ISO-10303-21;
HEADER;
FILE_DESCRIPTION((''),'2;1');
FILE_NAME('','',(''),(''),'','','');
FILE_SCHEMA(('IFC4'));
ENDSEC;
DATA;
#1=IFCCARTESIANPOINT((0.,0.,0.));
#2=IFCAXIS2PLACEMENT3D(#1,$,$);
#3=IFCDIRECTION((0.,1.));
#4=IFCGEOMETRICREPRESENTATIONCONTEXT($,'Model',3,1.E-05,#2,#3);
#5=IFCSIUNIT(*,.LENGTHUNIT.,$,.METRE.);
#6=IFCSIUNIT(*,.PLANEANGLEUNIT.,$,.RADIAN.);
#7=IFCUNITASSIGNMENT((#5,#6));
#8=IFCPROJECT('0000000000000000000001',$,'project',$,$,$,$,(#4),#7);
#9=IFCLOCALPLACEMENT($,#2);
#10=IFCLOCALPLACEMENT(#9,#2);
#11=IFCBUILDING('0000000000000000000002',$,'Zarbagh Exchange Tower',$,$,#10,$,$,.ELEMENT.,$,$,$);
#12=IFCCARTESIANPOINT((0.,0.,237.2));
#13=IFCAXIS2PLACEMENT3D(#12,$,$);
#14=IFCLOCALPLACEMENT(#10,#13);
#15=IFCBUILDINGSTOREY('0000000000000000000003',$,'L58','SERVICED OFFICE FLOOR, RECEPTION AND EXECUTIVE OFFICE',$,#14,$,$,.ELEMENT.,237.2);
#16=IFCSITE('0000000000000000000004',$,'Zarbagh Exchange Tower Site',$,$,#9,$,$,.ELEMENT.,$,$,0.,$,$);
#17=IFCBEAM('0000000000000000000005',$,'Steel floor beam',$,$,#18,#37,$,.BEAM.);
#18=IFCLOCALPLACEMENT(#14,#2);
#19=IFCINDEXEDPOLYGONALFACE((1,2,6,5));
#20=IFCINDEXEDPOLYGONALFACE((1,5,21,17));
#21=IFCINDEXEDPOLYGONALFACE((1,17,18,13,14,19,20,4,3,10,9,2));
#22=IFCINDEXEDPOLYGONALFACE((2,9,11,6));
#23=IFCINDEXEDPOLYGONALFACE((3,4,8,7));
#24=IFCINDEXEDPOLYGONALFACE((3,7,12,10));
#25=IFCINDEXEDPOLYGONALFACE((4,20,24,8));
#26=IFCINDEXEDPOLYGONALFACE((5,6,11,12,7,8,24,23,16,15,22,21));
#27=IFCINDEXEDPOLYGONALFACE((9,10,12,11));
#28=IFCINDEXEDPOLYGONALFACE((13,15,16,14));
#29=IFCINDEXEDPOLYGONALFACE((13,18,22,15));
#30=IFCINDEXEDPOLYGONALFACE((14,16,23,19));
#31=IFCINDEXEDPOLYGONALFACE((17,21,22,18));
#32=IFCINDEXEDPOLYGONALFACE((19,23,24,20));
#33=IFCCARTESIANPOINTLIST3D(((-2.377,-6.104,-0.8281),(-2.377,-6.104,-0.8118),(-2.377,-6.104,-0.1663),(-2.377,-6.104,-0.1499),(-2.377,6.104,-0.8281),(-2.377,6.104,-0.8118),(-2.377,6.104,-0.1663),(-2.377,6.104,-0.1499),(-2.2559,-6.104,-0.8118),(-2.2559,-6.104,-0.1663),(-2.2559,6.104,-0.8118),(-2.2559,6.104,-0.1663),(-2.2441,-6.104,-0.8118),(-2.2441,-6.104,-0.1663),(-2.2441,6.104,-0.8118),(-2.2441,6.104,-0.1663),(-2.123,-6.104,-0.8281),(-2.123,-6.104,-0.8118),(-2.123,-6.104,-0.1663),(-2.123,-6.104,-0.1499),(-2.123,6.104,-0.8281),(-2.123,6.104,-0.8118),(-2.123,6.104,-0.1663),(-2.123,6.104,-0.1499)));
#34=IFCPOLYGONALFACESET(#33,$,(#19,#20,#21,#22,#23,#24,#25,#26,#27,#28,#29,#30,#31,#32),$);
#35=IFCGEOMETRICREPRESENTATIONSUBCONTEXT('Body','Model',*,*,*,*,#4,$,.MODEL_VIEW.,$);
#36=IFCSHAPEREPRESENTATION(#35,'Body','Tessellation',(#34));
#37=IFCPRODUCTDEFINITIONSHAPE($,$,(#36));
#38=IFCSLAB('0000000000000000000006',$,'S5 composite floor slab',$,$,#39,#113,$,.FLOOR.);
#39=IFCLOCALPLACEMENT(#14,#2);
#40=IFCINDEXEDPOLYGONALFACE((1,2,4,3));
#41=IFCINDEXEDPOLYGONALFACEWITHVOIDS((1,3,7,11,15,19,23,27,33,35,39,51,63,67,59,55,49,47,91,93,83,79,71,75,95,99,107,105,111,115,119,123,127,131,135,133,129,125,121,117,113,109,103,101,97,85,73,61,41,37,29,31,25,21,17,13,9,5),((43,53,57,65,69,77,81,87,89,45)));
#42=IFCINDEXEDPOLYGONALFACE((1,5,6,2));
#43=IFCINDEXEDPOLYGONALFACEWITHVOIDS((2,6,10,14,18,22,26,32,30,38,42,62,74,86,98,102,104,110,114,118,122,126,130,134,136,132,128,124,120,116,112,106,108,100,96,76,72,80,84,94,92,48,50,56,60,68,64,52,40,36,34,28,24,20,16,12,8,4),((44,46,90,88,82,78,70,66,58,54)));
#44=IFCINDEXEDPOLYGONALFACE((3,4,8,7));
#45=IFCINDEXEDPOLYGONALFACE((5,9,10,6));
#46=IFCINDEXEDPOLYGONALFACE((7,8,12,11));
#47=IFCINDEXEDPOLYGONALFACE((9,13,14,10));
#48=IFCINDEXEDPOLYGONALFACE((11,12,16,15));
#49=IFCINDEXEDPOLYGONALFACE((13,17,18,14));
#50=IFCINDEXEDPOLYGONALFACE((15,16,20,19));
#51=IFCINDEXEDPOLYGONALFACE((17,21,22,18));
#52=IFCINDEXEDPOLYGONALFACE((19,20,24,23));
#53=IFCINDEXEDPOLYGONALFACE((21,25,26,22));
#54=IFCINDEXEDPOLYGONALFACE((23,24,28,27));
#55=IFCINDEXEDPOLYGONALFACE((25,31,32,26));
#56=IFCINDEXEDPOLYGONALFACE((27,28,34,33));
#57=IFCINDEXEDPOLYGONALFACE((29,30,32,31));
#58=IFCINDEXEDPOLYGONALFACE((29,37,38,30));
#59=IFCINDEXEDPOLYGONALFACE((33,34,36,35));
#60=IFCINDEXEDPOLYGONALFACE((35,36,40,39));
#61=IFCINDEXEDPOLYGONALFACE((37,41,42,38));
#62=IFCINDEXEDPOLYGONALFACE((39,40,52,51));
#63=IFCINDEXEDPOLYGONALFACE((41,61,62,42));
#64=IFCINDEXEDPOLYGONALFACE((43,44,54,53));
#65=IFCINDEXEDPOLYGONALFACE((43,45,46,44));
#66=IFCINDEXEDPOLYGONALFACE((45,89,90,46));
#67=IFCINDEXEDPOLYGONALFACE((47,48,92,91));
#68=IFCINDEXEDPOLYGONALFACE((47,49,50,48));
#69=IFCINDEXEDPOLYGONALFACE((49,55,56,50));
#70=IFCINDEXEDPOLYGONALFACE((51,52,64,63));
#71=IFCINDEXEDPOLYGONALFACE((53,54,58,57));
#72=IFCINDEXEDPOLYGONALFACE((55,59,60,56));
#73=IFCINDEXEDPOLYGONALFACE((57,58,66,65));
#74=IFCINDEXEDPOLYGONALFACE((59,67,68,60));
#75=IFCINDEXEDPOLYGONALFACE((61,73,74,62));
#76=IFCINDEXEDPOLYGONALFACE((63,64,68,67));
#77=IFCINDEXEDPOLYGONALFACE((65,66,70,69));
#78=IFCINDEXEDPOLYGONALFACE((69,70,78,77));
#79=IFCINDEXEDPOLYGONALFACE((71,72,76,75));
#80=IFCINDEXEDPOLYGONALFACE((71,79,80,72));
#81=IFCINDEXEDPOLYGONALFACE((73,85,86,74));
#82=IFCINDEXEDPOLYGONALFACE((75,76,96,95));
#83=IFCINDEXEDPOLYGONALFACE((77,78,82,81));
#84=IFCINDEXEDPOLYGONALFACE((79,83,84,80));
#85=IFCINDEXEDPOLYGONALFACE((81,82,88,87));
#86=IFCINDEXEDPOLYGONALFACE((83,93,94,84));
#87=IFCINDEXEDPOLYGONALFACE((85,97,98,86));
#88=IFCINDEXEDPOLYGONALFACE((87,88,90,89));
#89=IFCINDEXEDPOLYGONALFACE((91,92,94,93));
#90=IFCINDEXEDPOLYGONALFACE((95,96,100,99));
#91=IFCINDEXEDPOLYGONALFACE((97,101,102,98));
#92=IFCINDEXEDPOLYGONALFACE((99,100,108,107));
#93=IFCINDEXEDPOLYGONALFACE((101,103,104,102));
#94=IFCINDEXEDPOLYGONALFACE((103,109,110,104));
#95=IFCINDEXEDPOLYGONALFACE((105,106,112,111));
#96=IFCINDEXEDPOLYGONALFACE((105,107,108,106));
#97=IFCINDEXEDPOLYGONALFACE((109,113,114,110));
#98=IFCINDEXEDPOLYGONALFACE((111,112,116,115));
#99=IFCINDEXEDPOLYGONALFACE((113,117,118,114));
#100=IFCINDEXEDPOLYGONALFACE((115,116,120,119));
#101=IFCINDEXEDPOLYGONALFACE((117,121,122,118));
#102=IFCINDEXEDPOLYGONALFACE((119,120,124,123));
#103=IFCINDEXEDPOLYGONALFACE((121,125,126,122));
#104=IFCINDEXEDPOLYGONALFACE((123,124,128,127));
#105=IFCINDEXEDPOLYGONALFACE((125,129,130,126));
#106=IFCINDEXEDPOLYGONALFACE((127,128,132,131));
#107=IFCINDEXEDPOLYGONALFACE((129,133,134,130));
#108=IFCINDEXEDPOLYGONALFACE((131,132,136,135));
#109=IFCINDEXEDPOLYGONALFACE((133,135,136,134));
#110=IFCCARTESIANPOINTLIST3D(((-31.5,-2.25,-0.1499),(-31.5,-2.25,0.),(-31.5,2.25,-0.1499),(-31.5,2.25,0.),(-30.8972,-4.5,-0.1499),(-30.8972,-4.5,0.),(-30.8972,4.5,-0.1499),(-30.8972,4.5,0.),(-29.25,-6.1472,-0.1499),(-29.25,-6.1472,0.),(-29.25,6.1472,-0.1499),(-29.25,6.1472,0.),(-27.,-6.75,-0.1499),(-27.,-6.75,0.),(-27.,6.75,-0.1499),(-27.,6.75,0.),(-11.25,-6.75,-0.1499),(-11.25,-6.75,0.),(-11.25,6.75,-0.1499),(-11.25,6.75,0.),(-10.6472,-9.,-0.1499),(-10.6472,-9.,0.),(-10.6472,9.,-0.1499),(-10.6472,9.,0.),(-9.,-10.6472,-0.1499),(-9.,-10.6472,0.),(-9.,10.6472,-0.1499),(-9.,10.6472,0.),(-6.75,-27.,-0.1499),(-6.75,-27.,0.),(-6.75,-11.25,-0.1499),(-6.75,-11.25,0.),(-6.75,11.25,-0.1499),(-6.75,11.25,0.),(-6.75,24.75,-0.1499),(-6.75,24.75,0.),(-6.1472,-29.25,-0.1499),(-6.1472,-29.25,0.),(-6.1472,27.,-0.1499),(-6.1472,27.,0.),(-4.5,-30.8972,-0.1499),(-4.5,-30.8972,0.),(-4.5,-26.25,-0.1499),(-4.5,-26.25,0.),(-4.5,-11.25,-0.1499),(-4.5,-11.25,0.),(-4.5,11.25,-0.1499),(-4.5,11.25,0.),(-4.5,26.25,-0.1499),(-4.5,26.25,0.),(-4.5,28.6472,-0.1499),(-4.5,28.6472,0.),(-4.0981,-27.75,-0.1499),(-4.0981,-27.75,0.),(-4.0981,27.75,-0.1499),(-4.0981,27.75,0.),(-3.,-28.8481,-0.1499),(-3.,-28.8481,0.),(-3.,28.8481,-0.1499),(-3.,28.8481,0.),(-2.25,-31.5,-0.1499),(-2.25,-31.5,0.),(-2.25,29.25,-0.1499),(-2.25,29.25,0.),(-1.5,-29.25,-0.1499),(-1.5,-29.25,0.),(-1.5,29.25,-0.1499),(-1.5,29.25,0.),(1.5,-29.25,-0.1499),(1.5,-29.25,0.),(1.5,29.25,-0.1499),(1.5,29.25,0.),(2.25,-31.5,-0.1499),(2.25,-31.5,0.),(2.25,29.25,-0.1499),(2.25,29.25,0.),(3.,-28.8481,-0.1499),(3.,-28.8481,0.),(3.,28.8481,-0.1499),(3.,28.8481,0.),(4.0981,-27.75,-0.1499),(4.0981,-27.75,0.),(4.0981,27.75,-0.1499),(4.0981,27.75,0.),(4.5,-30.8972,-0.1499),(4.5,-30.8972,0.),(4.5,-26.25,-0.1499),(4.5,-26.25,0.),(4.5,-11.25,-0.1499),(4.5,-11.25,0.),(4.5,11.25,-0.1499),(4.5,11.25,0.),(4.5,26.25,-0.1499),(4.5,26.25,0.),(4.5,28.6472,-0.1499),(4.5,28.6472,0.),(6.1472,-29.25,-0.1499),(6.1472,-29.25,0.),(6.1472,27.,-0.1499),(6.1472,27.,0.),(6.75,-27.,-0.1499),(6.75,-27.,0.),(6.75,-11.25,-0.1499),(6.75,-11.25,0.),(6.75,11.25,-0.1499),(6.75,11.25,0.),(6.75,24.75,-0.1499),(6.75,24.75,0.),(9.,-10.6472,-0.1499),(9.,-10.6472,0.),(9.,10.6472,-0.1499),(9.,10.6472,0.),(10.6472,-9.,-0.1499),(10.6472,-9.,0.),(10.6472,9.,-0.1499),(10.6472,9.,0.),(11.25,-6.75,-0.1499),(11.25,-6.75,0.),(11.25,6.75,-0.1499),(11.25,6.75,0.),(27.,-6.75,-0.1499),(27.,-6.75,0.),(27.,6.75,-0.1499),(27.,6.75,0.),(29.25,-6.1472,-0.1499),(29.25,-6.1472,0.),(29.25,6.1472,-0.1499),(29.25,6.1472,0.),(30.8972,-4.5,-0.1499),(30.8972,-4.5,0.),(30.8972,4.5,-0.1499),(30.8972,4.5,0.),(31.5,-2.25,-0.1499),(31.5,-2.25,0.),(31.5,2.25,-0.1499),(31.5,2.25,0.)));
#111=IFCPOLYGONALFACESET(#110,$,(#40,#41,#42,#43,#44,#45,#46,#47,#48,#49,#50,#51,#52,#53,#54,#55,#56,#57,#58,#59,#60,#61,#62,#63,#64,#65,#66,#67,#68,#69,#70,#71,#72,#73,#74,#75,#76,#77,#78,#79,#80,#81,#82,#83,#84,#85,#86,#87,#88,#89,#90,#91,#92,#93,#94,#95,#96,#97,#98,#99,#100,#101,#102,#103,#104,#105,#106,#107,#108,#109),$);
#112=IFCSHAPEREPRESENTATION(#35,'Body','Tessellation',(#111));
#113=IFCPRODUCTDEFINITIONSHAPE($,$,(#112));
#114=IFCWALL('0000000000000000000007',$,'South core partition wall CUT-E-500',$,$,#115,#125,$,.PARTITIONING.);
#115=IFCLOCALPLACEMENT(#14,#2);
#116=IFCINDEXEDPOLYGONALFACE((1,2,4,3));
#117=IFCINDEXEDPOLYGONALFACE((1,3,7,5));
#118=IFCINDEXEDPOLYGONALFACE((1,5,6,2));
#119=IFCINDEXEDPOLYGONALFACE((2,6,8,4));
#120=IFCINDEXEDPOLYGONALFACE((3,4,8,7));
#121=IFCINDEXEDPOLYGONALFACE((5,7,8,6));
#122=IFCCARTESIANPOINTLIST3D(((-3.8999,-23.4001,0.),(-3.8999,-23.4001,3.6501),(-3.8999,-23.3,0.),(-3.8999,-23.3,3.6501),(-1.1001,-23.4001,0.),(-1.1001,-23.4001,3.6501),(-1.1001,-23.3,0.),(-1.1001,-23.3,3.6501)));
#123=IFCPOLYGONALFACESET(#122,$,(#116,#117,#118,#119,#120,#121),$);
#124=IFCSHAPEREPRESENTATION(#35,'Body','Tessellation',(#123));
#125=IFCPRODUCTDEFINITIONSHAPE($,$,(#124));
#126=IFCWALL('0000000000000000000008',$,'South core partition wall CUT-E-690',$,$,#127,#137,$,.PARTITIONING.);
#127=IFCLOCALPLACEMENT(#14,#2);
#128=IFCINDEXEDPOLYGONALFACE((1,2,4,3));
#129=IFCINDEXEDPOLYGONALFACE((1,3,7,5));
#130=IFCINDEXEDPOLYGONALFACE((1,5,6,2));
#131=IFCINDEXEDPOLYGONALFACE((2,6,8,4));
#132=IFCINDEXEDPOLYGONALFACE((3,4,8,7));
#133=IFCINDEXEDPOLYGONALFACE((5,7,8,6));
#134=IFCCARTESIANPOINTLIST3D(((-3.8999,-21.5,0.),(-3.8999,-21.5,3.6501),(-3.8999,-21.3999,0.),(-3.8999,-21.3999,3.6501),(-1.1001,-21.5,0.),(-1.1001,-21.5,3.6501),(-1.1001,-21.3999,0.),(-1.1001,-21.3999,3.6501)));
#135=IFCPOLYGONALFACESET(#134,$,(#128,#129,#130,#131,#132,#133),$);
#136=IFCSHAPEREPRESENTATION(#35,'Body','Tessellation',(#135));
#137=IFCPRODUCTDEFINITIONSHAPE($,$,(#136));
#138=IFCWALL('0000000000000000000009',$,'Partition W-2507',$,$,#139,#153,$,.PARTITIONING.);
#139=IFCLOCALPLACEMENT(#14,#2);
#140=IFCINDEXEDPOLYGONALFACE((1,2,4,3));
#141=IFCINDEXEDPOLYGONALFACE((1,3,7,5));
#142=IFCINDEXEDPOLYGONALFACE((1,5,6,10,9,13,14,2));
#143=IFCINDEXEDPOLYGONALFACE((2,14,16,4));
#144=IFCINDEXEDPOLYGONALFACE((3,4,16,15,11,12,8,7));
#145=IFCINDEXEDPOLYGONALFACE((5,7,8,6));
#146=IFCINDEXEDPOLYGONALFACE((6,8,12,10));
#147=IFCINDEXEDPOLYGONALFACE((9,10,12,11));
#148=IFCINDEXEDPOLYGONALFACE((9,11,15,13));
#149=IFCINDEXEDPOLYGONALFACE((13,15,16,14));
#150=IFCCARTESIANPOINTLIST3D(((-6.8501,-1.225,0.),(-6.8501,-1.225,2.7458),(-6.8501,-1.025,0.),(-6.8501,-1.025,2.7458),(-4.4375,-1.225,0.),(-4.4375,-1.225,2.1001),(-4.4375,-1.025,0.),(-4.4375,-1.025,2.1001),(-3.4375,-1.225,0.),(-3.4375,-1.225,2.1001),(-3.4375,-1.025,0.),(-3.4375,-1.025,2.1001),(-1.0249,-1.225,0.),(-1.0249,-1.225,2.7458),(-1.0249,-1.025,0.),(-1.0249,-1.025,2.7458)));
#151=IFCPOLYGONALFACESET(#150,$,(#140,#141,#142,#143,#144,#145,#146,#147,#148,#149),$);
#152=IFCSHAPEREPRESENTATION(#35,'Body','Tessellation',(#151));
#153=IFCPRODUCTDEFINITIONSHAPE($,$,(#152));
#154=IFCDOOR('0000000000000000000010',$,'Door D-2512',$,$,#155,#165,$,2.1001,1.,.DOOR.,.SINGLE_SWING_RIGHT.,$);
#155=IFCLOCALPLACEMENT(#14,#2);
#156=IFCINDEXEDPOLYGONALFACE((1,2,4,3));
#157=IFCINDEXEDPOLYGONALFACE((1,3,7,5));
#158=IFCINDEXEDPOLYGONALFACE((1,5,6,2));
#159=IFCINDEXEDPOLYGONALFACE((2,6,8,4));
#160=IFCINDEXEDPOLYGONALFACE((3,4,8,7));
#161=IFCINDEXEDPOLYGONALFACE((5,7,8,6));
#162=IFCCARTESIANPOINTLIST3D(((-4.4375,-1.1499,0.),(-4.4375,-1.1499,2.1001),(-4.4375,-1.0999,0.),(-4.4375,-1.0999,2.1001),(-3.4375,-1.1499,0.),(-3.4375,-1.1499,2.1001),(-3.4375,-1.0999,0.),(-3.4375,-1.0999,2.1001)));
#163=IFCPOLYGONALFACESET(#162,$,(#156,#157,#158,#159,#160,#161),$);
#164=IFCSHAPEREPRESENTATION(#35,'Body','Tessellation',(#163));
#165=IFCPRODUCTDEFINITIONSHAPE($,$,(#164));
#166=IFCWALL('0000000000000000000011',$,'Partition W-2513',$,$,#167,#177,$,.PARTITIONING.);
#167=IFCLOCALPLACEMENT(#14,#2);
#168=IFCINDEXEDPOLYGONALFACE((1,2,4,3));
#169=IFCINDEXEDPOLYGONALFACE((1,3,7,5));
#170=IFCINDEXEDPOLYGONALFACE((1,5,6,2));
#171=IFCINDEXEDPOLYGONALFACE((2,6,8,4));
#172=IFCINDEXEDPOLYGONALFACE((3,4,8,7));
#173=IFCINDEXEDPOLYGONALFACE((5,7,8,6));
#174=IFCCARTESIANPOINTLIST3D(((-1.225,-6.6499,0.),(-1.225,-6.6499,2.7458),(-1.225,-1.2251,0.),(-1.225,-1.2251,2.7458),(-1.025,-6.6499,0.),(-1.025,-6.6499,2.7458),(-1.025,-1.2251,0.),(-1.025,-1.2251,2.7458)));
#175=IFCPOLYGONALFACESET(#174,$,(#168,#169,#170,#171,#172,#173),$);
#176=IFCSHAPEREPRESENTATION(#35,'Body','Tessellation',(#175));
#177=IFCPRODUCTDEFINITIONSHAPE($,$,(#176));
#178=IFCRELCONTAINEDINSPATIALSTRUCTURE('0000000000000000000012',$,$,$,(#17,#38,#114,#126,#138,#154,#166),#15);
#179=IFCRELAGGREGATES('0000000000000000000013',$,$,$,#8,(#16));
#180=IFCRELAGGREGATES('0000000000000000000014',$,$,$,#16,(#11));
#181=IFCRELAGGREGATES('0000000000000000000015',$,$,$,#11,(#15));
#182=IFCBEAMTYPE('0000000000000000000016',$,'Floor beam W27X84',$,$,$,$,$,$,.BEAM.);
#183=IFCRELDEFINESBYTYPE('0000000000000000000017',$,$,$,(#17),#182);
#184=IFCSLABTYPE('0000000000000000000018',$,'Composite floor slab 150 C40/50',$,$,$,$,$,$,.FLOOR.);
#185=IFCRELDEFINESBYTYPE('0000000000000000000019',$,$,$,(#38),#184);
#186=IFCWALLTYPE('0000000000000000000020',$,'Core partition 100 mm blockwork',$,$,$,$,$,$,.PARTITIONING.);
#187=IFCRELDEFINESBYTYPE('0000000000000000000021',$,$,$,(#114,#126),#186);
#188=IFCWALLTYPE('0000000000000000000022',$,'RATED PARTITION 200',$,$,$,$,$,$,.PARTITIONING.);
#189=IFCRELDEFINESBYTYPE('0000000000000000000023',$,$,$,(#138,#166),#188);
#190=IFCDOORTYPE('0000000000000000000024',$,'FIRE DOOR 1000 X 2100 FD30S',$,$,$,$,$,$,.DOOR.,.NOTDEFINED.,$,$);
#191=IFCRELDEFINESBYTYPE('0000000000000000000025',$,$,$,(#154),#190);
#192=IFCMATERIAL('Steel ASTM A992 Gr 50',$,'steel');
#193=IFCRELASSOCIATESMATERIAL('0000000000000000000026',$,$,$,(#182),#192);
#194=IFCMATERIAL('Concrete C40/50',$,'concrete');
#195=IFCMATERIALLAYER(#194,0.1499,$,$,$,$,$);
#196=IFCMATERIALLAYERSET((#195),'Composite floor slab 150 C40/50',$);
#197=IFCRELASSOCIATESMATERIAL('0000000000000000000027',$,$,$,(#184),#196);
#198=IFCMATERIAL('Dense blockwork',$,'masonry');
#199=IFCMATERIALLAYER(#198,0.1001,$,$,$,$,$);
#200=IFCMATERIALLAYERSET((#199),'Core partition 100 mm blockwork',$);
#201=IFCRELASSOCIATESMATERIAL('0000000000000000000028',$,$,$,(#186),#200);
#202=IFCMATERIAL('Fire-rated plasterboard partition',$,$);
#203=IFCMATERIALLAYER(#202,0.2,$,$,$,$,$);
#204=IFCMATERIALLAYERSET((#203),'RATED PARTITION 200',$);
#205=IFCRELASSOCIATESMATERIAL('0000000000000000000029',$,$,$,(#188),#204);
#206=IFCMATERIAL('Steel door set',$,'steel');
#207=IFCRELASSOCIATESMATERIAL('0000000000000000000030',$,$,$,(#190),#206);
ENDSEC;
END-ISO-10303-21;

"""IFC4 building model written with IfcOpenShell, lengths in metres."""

from ifc_helpers import new_model, si_unit, direction, frame, frame_2d, origin, origin_2d, place, context, subcontext, project, spatial, polyline, rectangle, i_section, outline, extrude, material, layer, layer_set, material_profile, profile_set, type_object, element, fill, save


model = new_model("IFC4")

# Units and contexts
model_context = context("Model", 3, precision=1e-05, world=origin(), true_north=direction((0.0, 1.0)))
body_context = subcontext(model_context, "Body", "Model", "MODEL_VIEW")
ifc_project = project(units=[si_unit("LENGTHUNIT", "METRE"), si_unit("PLANEANGLEUNIT", "RADIAN")], contexts=[model_context])

# Site, building, storey
site_placement = place(None, origin())
site = spatial("IfcSite", under=ifc_project, at=site_placement, Name="Zarbagh Exchange Tower Site", CompositionType="ELEMENT", RefElevation=0.0)
building_placement = place(site_placement, origin())
building = spatial("IfcBuilding", under=site, at=building_placement, Name="Zarbagh Exchange Tower", CompositionType="ELEMENT")
storey_placement = place(building_placement, frame((0.0, 0.0, 237.2)))
storey = spatial("IfcBuildingStorey", under=building, at=storey_placement, Name="L58", Description="SERVICED OFFICE FLOOR, RECEPTION AND EXECUTIVE OFFICE", CompositionType="ELEMENT", Elevation=237.2)

# Beam
ifc_material_1 = material(Name="Steel ASTM A992 Gr 50", Category="steel")
ifc_material_profile = material_profile(ifc_material_1, i_section(OverallWidth=0.2539, OverallDepth=0.6782, WebThickness=0.0117, FlangeThickness=0.0164, at=origin_2d()), Name="W27X84")
ifc_profile_set = profile_set([ifc_material_profile], Name="Steel ASTM A992 Gr 50")
beam_type = type_object("IfcBeamType", Name="Floor beam W27X84", PredefinedType="BEAM", material=ifc_profile_set)
beam_placement = place(storey_placement, frame((-2.25, -6.104, -0.489), z_axis=(0.0, 1.0, 0.0), x_axis=(-1.0, 0.0, 0.0)))
element("IfcBeam", 1, at=beam_placement, inside=storey, type_object=beam_type, Name="Steel floor beam", PredefinedType="BEAM", context=body_context, shape_type="SweptSolid", body=[
    extrude(i_section(OverallWidth=0.2539, OverallDepth=0.6782, WebThickness=0.0117, FlangeThickness=0.0164, at=origin_2d()), origin(), (0.0, 0.0, 1.0), 12.208),
])

# Slab
ifc_material_2 = material(Name="Concrete C40/50", Category="concrete")
ifc_layer_1 = layer(ifc_material_2, 0.1499)
ifc_layer_set_1 = layer_set([ifc_layer_1], Name="Composite floor slab 150 C40/50")
slab_type = type_object("IfcSlabType", Name="Composite floor slab 150 C40/50", PredefinedType="FLOOR", material=ifc_layer_set_1)
slab_placement = place(storey_placement, frame((0.0, 0.0, -0.1499)))
element("IfcSlab", 2, at=slab_placement, inside=storey, type_object=slab_type, Name="S5 composite floor slab", PredefinedType="FLOOR", context=body_context, shape_type="SweptSolid", body=[
    extrude(outline(polyline([(-2.25, -31.5), (-4.5, -30.8972), (-6.1472, -29.25), (-6.75, -27.0), (-6.75, -11.25), (-9.0, -10.6472), (-10.6472, -9.0), (-11.25, -6.75), (-27.0, -6.75), (-29.25, -6.1472), (-30.8972, -4.5), (-31.5, -2.25), (-31.5, 2.25), (-30.8972, 4.5), (-29.25, 6.1472), (-27.0, 6.75), (-11.25, 6.75), (-10.6472, 9.0), (-9.0, 10.6472), (-6.75, 11.25), (-6.75, 24.75), (-6.1472, 27.0), (-4.5, 28.6472), (-2.25, 29.25), (-1.5, 29.25), (-3.0, 28.8481), (-4.0981, 27.75), (-4.5, 26.25), (-4.5, 11.25), (4.5, 11.25), (4.5, 26.25), (4.0981, 27.75), (3.0, 28.8481), (1.5, 29.25), (2.25, 29.25), (4.5, 28.6472), (6.1472, 27.0), (6.75, 24.75), (6.75, 11.25), (9.0, 10.6472), (10.6472, 9.0), (11.25, 6.75), (27.0, 6.75), (29.25, 6.1472), (30.8972, 4.5), (31.5, 2.25), (31.5, -2.25), (30.8972, -4.5), (29.25, -6.1472), (27.0, -6.75), (11.25, -6.75), (10.6472, -9.0), (9.0, -10.6472), (6.75, -11.25), (6.75, -27.0), (6.1472, -29.25), (4.5, -30.8972), (2.25, -31.5), (-2.25, -31.5)]), holes=[polyline([(-1.5, -29.25), (1.5, -29.25), (3.0, -28.8481), (4.0981, -27.75), (4.5, -26.25), (4.5, -11.25), (-4.5, -11.25), (-4.5, -26.25), (-4.0981, -27.75), (-3.0, -28.8481), (-1.5, -29.25)])]), origin(), (0.0, 0.0, 1.0), 0.1499),
])

# Walls
ifc_material_3 = material(Name="Dense blockwork", Category="masonry")
ifc_layer_2 = layer(ifc_material_3, 0.1001)
ifc_layer_set_2 = layer_set([ifc_layer_2], Name="Core partition 100 mm blockwork")
wall_type_1 = type_object("IfcWallType", Name="Core partition 100 mm blockwork", PredefinedType="PARTITIONING", material=ifc_layer_set_2)
for number, where, z_axis, x_axis, name in (
    (3, (-1.1001, -23.3501, 0.0), (0.0, 0.0, 1.0), (-1.0, 0.0, 0.0), "South core partition wall CUT-E-500"),
    (4, (-1.1001, -21.45, 0.0), (0.0, 0.0, 1.0), (-1.0, 0.0, 0.0), "South core partition wall CUT-E-690"),
):
    element("IfcWall", number, at=place(storey_placement, frame(where, z_axis=z_axis, x_axis=x_axis)), inside=storey, type_object=wall_type_1, Name=name, PredefinedType="PARTITIONING", context=body_context, shape_type="SweptSolid", body=[
        extrude(rectangle(XDim=2.7998, YDim=0.1001, at=frame_2d((1.3999, 0.0))), origin(), (0.0, 0.0, 1.0), 3.6501),
    ])

# Wall, opening, door
ifc_material_4 = material(Name="Fire-rated plasterboard partition")
ifc_layer_3 = layer(ifc_material_4, 0.2)
ifc_layer_set_3 = layer_set([ifc_layer_3], Name="RATED PARTITION 200")
wall_type_2 = type_object("IfcWallType", Name="RATED PARTITION 200", PredefinedType="PARTITIONING", material=ifc_layer_set_3)
wall_1_placement = place(storey_placement, frame((-1.0249, -1.125, 0.0), z_axis=(0.0, 0.0, 1.0), x_axis=(-1.0, 0.0, 0.0)))
wall_1 = element("IfcWall", 5, at=wall_1_placement, inside=storey, type_object=wall_type_2, Name="Partition W-2507", PredefinedType="PARTITIONING", context=body_context, shape_type="SweptSolid", body=[
    extrude(rectangle(XDim=5.8252, YDim=0.2, at=frame_2d((2.9126, 0.0))), origin(), (0.0, 0.0, 1.0), 2.7458),
])
opening_1_placement = place(wall_1_placement, frame((2.4126, 0.0, 0.0)))
opening_1 = element("IfcOpeningElement", 6, at=opening_1_placement, cuts=wall_1, PredefinedType="OPENING", context=body_context, shape_type="SweptSolid", body=[
    extrude(rectangle(XDim=1.0, YDim=2.1001, at=frame_2d((0.5, 1.05))), frame((0.0, 0.1099, 0.0), z_axis=(0.0, -1.0, 0.0), x_axis=(1.0, 0.0, 0.0)), (0.0, 0.0, 1.0), 0.22),
])
ifc_material_5 = material(Name="Steel door set", Category="steel")
door_type_1 = type_object("IfcDoorType", Name="FIRE DOOR 1000 X 2100 FD30S", OperationType="NOTDEFINED", PredefinedType="DOOR", material=ifc_material_5)
door_1_placement = place(opening_1_placement, origin())
door_1 = element("IfcDoor", 7, at=door_1_placement, inside=storey, type_object=door_type_1, Name="Door D-2512", OperationType="SINGLE_SWING_RIGHT", OverallHeight=2.1001, OverallWidth=1.0, PredefinedType="DOOR", context=body_context, shape_type="SweptSolid", body=[
    extrude(rectangle(XDim=1.0, YDim=2.1001, at=frame_2d((0.5, 1.05))), frame((0.0, 0.0249, 0.0), z_axis=(0.0, -1.0, 0.0), x_axis=(1.0, 0.0, 0.0)), (0.0, 0.0, 1.0), 0.05),
])
fill(opening_1, door_1)

# Wall
wall_2_placement = place(storey_placement, frame((-1.125, -6.6499, 0.0), z_axis=(0.0, 0.0, 1.0), x_axis=(0.0, 1.0, 0.0)))
element("IfcWall", 8, at=wall_2_placement, inside=storey, type_object=wall_type_2, Name="Partition W-2513", PredefinedType="PARTITIONING", context=body_context, shape_type="SweptSolid", body=[
    extrude(rectangle(XDim=5.4248, YDim=0.2, at=frame_2d((2.7124, 0.0))), origin(), (0.0, 0.0, 1.0), 2.7458),
])

save(model, "model.ifc")
